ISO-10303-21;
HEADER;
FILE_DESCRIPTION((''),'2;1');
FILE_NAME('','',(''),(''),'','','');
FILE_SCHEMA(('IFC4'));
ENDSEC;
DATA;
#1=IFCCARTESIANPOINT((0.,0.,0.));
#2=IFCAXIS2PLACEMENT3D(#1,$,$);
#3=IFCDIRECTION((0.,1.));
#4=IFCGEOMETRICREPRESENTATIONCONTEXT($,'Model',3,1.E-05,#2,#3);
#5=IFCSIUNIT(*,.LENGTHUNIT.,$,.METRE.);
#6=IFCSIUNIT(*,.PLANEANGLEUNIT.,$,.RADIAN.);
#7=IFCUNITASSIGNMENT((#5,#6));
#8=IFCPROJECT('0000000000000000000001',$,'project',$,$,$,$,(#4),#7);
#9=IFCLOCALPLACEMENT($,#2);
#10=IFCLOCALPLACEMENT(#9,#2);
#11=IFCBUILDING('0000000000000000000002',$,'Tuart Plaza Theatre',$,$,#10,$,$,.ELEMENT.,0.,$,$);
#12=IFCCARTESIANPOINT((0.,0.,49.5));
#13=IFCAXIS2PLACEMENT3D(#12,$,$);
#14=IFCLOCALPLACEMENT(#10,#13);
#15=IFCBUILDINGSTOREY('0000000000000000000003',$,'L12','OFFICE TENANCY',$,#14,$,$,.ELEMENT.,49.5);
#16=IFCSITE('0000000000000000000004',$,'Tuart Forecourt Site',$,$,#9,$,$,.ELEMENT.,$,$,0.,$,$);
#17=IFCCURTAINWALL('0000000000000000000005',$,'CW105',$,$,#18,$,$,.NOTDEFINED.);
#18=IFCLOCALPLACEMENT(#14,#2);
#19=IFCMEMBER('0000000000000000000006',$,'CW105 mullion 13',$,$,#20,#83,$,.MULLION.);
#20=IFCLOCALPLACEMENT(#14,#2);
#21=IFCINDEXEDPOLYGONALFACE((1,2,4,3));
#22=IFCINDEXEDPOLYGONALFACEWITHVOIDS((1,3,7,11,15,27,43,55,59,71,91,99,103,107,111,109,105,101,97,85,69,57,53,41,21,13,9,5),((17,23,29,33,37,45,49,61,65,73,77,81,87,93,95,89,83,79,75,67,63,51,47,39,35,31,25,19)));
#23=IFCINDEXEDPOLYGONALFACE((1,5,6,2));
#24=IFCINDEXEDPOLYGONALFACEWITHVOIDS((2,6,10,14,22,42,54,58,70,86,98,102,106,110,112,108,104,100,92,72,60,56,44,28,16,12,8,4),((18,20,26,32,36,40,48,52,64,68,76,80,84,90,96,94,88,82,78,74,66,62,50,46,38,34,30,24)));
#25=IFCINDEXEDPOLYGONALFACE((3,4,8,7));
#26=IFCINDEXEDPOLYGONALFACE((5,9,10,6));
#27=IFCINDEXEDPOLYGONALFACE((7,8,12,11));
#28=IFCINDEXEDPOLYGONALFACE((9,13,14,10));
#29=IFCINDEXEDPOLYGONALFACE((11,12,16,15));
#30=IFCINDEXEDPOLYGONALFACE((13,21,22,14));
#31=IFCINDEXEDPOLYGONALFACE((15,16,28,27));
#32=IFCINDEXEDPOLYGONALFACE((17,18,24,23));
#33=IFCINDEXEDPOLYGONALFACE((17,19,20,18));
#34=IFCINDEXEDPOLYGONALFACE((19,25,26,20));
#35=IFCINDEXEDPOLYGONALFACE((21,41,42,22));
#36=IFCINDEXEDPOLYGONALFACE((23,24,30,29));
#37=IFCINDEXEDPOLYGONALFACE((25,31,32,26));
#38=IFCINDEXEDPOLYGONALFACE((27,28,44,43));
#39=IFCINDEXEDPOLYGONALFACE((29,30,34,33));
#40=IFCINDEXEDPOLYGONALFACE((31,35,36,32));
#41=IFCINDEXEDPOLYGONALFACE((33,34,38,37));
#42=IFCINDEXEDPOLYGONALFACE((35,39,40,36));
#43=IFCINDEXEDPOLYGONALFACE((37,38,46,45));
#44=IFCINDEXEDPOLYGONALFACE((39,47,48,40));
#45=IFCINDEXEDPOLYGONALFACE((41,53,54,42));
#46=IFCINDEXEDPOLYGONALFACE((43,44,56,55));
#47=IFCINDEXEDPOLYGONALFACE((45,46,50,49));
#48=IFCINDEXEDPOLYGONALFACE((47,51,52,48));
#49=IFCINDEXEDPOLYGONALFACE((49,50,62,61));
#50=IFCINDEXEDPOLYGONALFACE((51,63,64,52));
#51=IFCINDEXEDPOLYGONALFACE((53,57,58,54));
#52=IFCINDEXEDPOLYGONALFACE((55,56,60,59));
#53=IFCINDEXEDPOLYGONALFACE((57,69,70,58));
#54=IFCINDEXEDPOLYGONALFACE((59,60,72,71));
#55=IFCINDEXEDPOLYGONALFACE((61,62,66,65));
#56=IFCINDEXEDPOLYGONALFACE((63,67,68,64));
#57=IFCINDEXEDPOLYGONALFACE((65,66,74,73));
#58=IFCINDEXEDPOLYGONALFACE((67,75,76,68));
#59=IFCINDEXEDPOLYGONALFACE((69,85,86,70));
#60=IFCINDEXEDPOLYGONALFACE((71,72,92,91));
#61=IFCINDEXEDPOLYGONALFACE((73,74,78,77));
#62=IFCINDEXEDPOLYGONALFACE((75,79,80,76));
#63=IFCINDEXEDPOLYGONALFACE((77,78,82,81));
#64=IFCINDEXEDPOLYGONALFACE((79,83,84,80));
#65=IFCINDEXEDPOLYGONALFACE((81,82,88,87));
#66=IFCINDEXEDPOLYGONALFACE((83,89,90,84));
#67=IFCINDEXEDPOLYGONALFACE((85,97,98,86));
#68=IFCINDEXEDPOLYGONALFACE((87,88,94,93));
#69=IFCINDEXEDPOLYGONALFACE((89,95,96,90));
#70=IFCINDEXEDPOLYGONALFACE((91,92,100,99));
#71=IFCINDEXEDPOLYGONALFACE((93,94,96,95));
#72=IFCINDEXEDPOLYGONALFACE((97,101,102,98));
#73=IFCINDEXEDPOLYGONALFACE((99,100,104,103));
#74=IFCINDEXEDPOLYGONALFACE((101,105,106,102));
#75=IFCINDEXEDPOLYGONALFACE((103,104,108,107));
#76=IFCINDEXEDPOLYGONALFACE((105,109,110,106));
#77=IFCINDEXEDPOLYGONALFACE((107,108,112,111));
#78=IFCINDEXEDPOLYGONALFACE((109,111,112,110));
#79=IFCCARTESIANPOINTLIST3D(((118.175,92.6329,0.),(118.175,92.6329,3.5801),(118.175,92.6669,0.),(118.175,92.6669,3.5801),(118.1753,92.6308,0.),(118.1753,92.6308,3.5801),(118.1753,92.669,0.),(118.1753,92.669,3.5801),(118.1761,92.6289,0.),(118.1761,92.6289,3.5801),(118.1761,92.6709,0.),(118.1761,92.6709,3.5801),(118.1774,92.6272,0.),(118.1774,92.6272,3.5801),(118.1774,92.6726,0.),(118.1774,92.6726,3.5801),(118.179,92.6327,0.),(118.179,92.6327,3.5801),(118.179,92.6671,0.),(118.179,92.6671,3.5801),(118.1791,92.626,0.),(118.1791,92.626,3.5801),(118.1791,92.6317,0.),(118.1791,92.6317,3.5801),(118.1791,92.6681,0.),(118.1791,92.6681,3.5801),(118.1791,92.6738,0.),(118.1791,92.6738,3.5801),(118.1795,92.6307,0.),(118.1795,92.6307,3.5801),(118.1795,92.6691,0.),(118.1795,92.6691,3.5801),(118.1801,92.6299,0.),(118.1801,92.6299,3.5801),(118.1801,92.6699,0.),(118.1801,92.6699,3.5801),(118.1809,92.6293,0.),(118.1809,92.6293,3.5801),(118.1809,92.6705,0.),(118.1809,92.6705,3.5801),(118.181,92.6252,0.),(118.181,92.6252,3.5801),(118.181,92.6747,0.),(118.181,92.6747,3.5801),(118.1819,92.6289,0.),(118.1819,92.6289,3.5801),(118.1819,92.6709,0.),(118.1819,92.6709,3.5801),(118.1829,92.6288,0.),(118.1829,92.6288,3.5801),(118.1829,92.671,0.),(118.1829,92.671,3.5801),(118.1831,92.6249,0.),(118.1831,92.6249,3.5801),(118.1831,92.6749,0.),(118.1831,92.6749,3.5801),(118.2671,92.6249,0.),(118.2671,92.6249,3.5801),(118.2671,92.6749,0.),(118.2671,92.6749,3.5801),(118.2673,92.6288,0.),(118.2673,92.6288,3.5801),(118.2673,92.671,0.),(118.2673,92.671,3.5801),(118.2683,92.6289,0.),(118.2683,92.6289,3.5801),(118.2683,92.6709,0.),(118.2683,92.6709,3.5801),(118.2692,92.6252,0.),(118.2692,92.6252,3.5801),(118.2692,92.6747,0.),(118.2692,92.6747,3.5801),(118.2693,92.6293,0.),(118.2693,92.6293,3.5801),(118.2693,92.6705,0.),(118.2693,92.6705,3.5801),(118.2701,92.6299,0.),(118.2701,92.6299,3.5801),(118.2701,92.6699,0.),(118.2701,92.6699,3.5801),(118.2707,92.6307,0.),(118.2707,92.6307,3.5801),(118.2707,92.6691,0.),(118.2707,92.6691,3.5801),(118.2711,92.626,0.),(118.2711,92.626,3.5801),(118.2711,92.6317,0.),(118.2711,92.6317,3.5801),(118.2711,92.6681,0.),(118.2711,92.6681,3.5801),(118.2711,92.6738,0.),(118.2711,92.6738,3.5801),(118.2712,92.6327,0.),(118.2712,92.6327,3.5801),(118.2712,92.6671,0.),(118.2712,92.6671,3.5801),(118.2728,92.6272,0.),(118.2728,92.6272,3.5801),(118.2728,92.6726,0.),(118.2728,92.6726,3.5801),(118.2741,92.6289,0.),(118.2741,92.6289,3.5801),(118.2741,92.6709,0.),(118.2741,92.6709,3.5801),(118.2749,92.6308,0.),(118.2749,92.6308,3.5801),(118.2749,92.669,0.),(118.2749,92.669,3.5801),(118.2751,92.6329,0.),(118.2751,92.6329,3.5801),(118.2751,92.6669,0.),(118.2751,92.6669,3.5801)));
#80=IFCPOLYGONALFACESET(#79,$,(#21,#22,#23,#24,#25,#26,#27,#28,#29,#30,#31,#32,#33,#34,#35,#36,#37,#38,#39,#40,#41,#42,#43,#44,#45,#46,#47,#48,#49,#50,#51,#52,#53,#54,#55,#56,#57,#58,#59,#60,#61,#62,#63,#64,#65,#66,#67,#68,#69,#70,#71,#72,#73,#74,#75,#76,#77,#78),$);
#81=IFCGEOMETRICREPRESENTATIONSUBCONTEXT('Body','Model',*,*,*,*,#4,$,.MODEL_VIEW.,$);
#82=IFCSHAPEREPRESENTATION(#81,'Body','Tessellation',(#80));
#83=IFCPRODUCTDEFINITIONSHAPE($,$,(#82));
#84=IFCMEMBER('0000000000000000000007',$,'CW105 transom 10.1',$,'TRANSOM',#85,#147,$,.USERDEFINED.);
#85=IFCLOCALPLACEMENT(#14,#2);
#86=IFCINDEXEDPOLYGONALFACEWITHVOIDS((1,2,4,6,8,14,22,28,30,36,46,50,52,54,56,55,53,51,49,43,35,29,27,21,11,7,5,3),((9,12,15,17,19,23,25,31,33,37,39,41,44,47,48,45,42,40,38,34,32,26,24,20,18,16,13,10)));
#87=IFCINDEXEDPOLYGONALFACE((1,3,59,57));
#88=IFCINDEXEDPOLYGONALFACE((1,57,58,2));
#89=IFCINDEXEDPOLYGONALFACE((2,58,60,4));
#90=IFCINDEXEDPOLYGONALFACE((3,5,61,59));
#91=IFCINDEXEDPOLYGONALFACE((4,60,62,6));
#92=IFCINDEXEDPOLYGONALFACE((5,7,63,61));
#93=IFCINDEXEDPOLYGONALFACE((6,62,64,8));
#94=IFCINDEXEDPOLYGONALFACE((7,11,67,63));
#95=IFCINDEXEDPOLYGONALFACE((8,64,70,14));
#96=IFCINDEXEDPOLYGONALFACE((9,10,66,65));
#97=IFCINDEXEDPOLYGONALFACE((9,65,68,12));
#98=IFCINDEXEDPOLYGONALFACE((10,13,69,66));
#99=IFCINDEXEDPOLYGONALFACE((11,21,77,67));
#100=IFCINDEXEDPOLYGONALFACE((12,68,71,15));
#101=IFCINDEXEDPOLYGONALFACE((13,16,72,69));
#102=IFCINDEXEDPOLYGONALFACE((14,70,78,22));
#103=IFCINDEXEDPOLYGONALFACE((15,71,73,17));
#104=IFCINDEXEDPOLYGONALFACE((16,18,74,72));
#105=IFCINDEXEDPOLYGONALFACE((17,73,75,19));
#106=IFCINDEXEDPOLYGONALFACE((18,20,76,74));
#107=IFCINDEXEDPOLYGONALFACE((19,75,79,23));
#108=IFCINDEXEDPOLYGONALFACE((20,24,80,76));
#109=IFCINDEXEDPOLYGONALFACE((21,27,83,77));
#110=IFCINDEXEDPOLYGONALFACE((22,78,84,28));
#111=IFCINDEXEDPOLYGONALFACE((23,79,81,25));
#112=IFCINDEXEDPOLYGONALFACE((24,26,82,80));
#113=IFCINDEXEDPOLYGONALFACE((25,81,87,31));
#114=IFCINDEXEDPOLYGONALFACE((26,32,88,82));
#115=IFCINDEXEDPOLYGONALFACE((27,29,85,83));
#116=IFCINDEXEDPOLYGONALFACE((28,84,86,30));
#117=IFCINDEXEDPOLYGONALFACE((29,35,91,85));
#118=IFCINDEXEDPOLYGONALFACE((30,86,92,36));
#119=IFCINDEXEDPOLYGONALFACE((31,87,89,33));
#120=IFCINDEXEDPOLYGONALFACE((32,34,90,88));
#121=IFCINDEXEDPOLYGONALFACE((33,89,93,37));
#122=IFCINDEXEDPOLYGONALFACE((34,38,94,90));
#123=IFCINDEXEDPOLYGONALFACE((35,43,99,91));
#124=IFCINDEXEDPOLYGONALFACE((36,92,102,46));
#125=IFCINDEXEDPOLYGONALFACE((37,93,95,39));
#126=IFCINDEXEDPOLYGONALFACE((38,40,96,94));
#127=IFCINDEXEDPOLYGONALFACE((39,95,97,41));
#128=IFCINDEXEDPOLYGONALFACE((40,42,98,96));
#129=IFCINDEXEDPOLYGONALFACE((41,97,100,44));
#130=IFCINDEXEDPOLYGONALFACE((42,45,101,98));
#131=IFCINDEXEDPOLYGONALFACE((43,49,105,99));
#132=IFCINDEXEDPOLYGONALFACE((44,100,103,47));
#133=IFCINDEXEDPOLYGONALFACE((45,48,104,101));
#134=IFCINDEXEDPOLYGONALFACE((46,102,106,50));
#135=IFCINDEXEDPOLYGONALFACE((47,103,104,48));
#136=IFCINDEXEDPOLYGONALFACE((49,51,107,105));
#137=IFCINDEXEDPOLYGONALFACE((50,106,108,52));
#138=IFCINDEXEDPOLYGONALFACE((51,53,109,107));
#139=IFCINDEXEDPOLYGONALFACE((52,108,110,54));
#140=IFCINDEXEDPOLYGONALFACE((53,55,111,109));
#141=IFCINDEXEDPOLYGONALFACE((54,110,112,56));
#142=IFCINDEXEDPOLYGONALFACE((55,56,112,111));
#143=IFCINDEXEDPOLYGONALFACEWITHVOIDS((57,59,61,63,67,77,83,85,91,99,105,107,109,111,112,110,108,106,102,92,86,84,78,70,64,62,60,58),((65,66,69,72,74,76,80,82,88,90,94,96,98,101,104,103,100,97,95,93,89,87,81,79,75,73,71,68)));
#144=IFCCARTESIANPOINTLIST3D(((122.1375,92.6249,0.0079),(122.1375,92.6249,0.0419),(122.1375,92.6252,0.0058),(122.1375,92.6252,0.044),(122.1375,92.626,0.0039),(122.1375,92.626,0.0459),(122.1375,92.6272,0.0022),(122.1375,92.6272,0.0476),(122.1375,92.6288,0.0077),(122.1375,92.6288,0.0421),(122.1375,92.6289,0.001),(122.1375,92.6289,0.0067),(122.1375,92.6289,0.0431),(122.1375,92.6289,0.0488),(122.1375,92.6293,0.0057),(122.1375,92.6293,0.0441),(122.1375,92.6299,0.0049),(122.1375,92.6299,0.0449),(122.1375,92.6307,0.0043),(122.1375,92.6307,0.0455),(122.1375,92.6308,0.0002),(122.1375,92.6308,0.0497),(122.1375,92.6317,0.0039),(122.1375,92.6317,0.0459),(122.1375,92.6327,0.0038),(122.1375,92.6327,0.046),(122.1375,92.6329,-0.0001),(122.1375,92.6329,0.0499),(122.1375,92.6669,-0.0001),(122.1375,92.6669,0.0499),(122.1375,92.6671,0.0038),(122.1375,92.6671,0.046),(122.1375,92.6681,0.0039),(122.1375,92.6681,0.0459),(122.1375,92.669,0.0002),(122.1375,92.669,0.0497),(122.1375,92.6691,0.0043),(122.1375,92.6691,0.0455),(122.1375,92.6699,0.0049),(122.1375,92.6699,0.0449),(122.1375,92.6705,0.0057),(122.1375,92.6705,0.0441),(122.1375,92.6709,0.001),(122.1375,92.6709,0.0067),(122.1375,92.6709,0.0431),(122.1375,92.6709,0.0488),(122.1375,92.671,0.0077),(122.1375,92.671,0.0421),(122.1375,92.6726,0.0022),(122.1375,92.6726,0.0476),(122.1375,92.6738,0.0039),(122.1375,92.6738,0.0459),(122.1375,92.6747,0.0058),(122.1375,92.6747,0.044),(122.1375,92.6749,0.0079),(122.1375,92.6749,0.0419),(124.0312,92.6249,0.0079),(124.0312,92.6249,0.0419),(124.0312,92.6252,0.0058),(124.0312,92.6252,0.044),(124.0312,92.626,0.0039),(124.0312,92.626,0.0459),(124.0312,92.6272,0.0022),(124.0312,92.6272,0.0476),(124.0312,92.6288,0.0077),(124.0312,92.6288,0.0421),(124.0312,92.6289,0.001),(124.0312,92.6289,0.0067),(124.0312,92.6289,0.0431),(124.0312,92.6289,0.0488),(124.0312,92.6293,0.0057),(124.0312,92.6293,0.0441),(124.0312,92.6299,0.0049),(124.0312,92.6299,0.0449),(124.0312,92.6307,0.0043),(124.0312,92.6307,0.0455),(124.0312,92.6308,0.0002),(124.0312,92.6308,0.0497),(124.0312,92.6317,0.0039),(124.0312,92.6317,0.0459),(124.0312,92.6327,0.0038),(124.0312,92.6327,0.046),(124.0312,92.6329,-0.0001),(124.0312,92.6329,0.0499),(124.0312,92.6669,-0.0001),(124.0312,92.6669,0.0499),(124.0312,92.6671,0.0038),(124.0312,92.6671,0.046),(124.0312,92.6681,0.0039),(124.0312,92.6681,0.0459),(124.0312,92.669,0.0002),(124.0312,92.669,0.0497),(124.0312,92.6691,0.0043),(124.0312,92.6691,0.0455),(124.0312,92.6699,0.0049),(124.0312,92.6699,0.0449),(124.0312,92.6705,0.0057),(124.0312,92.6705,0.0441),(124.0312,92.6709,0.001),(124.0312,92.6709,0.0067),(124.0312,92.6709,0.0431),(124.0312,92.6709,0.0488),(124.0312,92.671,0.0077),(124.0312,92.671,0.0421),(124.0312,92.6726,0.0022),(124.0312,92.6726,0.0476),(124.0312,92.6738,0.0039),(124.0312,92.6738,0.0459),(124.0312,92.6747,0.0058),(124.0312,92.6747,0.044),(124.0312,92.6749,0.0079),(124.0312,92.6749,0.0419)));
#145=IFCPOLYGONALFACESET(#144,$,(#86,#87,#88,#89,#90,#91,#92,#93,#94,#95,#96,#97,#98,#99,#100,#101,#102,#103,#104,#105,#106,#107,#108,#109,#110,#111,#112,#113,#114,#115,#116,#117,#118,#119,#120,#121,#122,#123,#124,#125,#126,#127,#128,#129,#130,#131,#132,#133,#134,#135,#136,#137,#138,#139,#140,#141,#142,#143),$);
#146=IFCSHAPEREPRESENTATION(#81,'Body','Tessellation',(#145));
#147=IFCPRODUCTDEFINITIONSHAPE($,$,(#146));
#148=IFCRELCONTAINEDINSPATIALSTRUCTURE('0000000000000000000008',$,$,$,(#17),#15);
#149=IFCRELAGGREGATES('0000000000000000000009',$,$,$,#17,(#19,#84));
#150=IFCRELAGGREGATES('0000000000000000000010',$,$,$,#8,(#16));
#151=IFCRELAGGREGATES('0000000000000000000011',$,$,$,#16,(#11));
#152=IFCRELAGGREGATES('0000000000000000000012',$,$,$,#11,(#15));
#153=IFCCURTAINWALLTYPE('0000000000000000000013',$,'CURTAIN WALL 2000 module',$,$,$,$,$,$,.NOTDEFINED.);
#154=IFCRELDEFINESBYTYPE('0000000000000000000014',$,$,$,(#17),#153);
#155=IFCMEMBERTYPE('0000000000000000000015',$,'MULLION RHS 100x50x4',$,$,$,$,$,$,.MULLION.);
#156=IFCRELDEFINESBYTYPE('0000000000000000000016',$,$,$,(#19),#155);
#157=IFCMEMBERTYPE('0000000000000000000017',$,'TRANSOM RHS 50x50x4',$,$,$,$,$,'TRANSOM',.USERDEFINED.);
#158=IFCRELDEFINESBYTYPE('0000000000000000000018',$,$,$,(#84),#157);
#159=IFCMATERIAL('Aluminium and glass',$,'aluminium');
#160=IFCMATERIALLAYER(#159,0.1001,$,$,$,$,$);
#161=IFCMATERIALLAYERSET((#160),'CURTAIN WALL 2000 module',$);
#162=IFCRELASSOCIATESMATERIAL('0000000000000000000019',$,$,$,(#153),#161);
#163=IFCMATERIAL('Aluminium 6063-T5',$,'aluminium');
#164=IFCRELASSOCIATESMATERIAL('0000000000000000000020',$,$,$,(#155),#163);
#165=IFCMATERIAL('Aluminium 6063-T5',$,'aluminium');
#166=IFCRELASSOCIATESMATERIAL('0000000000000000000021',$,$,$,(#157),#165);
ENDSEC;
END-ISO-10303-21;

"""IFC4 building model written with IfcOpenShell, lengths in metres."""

from ifc_helpers import new_model, si_unit, direction, frame, origin, origin_2d, place, context, subcontext, project, spatial, hollow_rectangle, extrude, material, layer, layer_set, material_profile, profile_set, type_object, element, aggregate, save


model = new_model("IFC4")

# Units and contexts
model_context = context("Model", 3, precision=1e-05, world=origin(), true_north=direction((0.0, 1.0)))
body_context = subcontext(model_context, "Body", "Model", "MODEL_VIEW")
ifc_project = project(units=[si_unit("LENGTHUNIT", "METRE"), si_unit("PLANEANGLEUNIT", "RADIAN")], contexts=[model_context])

# Site, building, storey
site_placement = place(None, origin())
site = spatial("IfcSite", under=ifc_project, at=site_placement, Name="Tuart Forecourt Site", CompositionType="ELEMENT", RefElevation=0.0)
building_placement = place(site_placement, origin())
building = spatial("IfcBuilding", under=site, at=building_placement, Name="Tuart Plaza Theatre", CompositionType="ELEMENT", ElevationOfRefHeight=0.0)
storey_placement = place(building_placement, frame((0.0, 0.0, 49.5)))
storey = spatial("IfcBuildingStorey", under=building, at=storey_placement, Name="L12", Description="OFFICE TENANCY", CompositionType="ELEMENT", Elevation=49.5)

# Curtain wall, members
ifc_material_1 = material(Name="Aluminium and glass", Category="aluminium")
ifc_layer_1 = layer(ifc_material_1, 0.1001)
ifc_layer_set_1 = layer_set([ifc_layer_1], Name="CURTAIN WALL 2000 module")
curtain_wall_type = type_object("IfcCurtainWallType", Name="CURTAIN WALL 2000 module", PredefinedType="NOTDEFINED", material=ifc_layer_set_1)
curtain_wall_placement = place(storey_placement, origin())
curtain_wall = element("IfcCurtainWall", 1, at=curtain_wall_placement, inside=storey, type_object=curtain_wall_type, Name="CW105", PredefinedType="NOTDEFINED")
ifc_material_2 = material(Name="Aluminium 6063-T5", Category="aluminium")
ifc_material_profile_1 = material_profile(ifc_material_2, hollow_rectangle(XDim=0.05, YDim=0.1001, WallThickness=0.0039, InnerFilletRadius=0.0039, OuterFilletRadius=0.0081, at=origin_2d()), Name="RHS 100x50x4")
ifc_profile_set_1 = profile_set([ifc_material_profile_1], Name="Aluminium 6063-T5")
member_type_1 = type_object("IfcMemberType", Name="MULLION RHS 100x50x4", PredefinedType="MULLION", material=ifc_profile_set_1)
member_1_placement = place(storey_placement, frame((118.2251, 92.6499, 0.0), z_axis=(0.0, 0.0, 1.0), x_axis=(0.0, -1.0, 0.0)))
member_1 = element("IfcMember", 2, at=member_1_placement, type_object=member_type_1, Name="CW105 mullion 13", PredefinedType="MULLION", context=body_context, shape_type="SweptSolid", body=[
    extrude(hollow_rectangle(XDim=0.05, YDim=0.1001, WallThickness=0.0039, InnerFilletRadius=0.0039, OuterFilletRadius=0.0081, at=origin_2d()), origin(), (0.0, 0.0, 1.0), 3.5801),
])
ifc_material_3 = material(Name="Aluminium 6063-T5", Category="aluminium")
ifc_material_profile_2 = material_profile(ifc_material_3, hollow_rectangle(XDim=0.05, YDim=0.05, WallThickness=0.0039, InnerFilletRadius=0.0039, OuterFilletRadius=0.0081, at=origin_2d()), Name="RHS 50x50x4")
ifc_profile_set_2 = profile_set([ifc_material_profile_2], Name="Aluminium 6063-T5")
member_type_2 = type_object("IfcMemberType", Name="TRANSOM RHS 50x50x4", ElementType="TRANSOM", PredefinedType="USERDEFINED", material=ifc_profile_set_2)
member_2_placement = place(storey_placement, frame((124.0312, 92.6499, 0.0249), z_axis=(-1.0, 0.0, 0.0), x_axis=(0.0, -1.0, 0.0)))
member_2 = element("IfcMember", 3, at=member_2_placement, type_object=member_type_2, Name="CW105 transom 10.1", ObjectType="TRANSOM", PredefinedType="USERDEFINED", context=body_context, shape_type="SweptSolid", body=[
    extrude(hollow_rectangle(XDim=0.05, YDim=0.05, WallThickness=0.0039, InnerFilletRadius=0.0039, OuterFilletRadius=0.0081, at=origin_2d()), origin(), (0.0, 0.0, 1.0), 1.8938),
])
aggregate(curtain_wall, [member_1, member_2])

save(model, "model.ifc")
